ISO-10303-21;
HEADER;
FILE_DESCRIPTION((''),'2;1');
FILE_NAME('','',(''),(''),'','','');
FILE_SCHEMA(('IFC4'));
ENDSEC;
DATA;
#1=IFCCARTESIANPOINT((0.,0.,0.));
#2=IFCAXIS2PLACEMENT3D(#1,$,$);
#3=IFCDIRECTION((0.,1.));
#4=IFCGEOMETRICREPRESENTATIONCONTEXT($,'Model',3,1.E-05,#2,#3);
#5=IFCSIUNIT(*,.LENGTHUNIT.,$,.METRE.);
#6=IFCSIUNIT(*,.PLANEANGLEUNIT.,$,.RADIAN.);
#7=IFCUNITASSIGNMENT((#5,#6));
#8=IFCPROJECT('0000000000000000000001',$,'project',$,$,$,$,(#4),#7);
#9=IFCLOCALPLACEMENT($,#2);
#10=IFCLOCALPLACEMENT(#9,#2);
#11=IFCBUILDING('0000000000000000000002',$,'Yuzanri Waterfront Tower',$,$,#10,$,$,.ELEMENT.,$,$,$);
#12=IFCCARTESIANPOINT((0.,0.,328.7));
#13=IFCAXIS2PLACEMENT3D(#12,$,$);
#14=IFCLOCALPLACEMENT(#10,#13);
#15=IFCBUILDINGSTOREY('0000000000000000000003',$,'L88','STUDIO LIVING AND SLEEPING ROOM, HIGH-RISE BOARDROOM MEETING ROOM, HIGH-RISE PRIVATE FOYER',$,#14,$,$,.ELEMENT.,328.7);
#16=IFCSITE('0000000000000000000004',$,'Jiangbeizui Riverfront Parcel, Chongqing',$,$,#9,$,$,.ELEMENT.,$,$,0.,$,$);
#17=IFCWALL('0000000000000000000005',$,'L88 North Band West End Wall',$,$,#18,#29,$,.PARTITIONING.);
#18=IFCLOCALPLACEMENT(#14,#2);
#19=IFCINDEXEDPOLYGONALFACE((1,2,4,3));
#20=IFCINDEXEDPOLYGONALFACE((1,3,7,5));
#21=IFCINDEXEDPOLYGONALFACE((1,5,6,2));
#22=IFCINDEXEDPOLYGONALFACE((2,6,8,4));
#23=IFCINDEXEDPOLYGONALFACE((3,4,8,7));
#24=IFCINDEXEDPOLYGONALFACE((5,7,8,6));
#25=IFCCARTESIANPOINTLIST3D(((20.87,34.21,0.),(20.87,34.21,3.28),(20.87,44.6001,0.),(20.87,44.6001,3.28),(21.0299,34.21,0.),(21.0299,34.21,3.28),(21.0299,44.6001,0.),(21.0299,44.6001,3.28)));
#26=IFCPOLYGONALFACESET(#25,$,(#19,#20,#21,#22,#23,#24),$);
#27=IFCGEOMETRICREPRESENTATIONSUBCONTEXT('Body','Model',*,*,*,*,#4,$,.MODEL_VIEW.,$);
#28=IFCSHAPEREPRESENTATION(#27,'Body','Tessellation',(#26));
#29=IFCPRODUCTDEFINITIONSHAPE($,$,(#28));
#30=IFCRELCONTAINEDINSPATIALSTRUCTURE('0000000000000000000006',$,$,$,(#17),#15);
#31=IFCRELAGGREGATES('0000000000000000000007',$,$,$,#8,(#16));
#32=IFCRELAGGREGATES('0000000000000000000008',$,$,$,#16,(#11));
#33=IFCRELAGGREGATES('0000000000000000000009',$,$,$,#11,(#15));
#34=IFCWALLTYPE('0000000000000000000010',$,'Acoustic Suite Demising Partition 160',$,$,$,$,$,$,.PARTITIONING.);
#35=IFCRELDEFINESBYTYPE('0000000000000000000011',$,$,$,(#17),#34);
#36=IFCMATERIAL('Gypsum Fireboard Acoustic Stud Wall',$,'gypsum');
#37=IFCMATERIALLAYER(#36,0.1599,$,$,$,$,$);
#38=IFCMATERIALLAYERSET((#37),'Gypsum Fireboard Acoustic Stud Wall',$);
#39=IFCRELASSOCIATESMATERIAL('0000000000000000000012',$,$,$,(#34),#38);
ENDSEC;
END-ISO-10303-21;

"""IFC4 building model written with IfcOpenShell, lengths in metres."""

from ifc_helpers import new_model, si_unit, direction, frame, frame_2d, origin, place, context, subcontext, project, spatial, rectangle, extrude, source, transform, mapped, material, layer, layer_set, type_object, element, save


model = new_model("IFC4")

# Units and contexts
model_context = context("Model", 3, precision=1e-05, world=origin(), true_north=direction((0.0, 1.0)))
body_context = subcontext(model_context, "Body", "Model", "MODEL_VIEW")
ifc_project = project(units=[si_unit("LENGTHUNIT", "METRE"), si_unit("PLANEANGLEUNIT", "RADIAN")], contexts=[model_context])

# Site, building, storey
site_placement = place(None, origin())
site = spatial("IfcSite", under=ifc_project, at=site_placement, Name="Jiangbeizui Riverfront Parcel, Chongqing", CompositionType="ELEMENT", RefElevation=0.0)
building_placement = place(site_placement, origin())
building = spatial("IfcBuilding", under=site, at=building_placement, Name="Yuzanri Waterfront Tower", CompositionType="ELEMENT")
storey_placement = place(building_placement, frame((0.0, 0.0, 328.7)))
storey = spatial("IfcBuildingStorey", under=building, at=storey_placement, Name="L88", Description="STUDIO LIVING AND SLEEPING ROOM, HIGH-RISE BOARDROOM MEETING ROOM, HIGH-RISE PRIVATE FOYER", CompositionType="ELEMENT", Elevation=328.7)

# Wall
ifc_material_1 = material(Name="Gypsum Fireboard Acoustic Stud Wall", Category="gypsum")
ifc_layer_1 = layer(ifc_material_1, 0.1599)
ifc_layer_set_1 = layer_set([ifc_layer_1], Name="Gypsum Fireboard Acoustic Stud Wall")
wall_type_1 = type_object("IfcWallType", Name="Acoustic Suite Demising Partition 160", PredefinedType="PARTITIONING", material=ifc_layer_set_1)
shared_shape_1 = source(origin(), body_context, "Body", "SweptSolid", [
    extrude(rectangle(XDim=10.3901, YDim=0.1599, at=frame_2d((5.1951, 0.0))), origin(), (0.0, 0.0, 1.0), 3.28),
])
wall_1_placement = place(storey_placement, frame((20.95, 34.21, 0.0), z_axis=(0.0, 0.0, 1.0), x_axis=(0.0, 1.0, 0.0)))
element("IfcWall", 1, at=wall_1_placement, inside=storey, type_object=wall_type_1, Name="L88 North Band West End Wall", PredefinedType="PARTITIONING", context=body_context, shape_type="MappedRepresentation", body=[
    mapped(shared_shape_1, transform((0.0, 0.0, 0.0), scale=1.0)),
])

save(model, "model.ifc")
